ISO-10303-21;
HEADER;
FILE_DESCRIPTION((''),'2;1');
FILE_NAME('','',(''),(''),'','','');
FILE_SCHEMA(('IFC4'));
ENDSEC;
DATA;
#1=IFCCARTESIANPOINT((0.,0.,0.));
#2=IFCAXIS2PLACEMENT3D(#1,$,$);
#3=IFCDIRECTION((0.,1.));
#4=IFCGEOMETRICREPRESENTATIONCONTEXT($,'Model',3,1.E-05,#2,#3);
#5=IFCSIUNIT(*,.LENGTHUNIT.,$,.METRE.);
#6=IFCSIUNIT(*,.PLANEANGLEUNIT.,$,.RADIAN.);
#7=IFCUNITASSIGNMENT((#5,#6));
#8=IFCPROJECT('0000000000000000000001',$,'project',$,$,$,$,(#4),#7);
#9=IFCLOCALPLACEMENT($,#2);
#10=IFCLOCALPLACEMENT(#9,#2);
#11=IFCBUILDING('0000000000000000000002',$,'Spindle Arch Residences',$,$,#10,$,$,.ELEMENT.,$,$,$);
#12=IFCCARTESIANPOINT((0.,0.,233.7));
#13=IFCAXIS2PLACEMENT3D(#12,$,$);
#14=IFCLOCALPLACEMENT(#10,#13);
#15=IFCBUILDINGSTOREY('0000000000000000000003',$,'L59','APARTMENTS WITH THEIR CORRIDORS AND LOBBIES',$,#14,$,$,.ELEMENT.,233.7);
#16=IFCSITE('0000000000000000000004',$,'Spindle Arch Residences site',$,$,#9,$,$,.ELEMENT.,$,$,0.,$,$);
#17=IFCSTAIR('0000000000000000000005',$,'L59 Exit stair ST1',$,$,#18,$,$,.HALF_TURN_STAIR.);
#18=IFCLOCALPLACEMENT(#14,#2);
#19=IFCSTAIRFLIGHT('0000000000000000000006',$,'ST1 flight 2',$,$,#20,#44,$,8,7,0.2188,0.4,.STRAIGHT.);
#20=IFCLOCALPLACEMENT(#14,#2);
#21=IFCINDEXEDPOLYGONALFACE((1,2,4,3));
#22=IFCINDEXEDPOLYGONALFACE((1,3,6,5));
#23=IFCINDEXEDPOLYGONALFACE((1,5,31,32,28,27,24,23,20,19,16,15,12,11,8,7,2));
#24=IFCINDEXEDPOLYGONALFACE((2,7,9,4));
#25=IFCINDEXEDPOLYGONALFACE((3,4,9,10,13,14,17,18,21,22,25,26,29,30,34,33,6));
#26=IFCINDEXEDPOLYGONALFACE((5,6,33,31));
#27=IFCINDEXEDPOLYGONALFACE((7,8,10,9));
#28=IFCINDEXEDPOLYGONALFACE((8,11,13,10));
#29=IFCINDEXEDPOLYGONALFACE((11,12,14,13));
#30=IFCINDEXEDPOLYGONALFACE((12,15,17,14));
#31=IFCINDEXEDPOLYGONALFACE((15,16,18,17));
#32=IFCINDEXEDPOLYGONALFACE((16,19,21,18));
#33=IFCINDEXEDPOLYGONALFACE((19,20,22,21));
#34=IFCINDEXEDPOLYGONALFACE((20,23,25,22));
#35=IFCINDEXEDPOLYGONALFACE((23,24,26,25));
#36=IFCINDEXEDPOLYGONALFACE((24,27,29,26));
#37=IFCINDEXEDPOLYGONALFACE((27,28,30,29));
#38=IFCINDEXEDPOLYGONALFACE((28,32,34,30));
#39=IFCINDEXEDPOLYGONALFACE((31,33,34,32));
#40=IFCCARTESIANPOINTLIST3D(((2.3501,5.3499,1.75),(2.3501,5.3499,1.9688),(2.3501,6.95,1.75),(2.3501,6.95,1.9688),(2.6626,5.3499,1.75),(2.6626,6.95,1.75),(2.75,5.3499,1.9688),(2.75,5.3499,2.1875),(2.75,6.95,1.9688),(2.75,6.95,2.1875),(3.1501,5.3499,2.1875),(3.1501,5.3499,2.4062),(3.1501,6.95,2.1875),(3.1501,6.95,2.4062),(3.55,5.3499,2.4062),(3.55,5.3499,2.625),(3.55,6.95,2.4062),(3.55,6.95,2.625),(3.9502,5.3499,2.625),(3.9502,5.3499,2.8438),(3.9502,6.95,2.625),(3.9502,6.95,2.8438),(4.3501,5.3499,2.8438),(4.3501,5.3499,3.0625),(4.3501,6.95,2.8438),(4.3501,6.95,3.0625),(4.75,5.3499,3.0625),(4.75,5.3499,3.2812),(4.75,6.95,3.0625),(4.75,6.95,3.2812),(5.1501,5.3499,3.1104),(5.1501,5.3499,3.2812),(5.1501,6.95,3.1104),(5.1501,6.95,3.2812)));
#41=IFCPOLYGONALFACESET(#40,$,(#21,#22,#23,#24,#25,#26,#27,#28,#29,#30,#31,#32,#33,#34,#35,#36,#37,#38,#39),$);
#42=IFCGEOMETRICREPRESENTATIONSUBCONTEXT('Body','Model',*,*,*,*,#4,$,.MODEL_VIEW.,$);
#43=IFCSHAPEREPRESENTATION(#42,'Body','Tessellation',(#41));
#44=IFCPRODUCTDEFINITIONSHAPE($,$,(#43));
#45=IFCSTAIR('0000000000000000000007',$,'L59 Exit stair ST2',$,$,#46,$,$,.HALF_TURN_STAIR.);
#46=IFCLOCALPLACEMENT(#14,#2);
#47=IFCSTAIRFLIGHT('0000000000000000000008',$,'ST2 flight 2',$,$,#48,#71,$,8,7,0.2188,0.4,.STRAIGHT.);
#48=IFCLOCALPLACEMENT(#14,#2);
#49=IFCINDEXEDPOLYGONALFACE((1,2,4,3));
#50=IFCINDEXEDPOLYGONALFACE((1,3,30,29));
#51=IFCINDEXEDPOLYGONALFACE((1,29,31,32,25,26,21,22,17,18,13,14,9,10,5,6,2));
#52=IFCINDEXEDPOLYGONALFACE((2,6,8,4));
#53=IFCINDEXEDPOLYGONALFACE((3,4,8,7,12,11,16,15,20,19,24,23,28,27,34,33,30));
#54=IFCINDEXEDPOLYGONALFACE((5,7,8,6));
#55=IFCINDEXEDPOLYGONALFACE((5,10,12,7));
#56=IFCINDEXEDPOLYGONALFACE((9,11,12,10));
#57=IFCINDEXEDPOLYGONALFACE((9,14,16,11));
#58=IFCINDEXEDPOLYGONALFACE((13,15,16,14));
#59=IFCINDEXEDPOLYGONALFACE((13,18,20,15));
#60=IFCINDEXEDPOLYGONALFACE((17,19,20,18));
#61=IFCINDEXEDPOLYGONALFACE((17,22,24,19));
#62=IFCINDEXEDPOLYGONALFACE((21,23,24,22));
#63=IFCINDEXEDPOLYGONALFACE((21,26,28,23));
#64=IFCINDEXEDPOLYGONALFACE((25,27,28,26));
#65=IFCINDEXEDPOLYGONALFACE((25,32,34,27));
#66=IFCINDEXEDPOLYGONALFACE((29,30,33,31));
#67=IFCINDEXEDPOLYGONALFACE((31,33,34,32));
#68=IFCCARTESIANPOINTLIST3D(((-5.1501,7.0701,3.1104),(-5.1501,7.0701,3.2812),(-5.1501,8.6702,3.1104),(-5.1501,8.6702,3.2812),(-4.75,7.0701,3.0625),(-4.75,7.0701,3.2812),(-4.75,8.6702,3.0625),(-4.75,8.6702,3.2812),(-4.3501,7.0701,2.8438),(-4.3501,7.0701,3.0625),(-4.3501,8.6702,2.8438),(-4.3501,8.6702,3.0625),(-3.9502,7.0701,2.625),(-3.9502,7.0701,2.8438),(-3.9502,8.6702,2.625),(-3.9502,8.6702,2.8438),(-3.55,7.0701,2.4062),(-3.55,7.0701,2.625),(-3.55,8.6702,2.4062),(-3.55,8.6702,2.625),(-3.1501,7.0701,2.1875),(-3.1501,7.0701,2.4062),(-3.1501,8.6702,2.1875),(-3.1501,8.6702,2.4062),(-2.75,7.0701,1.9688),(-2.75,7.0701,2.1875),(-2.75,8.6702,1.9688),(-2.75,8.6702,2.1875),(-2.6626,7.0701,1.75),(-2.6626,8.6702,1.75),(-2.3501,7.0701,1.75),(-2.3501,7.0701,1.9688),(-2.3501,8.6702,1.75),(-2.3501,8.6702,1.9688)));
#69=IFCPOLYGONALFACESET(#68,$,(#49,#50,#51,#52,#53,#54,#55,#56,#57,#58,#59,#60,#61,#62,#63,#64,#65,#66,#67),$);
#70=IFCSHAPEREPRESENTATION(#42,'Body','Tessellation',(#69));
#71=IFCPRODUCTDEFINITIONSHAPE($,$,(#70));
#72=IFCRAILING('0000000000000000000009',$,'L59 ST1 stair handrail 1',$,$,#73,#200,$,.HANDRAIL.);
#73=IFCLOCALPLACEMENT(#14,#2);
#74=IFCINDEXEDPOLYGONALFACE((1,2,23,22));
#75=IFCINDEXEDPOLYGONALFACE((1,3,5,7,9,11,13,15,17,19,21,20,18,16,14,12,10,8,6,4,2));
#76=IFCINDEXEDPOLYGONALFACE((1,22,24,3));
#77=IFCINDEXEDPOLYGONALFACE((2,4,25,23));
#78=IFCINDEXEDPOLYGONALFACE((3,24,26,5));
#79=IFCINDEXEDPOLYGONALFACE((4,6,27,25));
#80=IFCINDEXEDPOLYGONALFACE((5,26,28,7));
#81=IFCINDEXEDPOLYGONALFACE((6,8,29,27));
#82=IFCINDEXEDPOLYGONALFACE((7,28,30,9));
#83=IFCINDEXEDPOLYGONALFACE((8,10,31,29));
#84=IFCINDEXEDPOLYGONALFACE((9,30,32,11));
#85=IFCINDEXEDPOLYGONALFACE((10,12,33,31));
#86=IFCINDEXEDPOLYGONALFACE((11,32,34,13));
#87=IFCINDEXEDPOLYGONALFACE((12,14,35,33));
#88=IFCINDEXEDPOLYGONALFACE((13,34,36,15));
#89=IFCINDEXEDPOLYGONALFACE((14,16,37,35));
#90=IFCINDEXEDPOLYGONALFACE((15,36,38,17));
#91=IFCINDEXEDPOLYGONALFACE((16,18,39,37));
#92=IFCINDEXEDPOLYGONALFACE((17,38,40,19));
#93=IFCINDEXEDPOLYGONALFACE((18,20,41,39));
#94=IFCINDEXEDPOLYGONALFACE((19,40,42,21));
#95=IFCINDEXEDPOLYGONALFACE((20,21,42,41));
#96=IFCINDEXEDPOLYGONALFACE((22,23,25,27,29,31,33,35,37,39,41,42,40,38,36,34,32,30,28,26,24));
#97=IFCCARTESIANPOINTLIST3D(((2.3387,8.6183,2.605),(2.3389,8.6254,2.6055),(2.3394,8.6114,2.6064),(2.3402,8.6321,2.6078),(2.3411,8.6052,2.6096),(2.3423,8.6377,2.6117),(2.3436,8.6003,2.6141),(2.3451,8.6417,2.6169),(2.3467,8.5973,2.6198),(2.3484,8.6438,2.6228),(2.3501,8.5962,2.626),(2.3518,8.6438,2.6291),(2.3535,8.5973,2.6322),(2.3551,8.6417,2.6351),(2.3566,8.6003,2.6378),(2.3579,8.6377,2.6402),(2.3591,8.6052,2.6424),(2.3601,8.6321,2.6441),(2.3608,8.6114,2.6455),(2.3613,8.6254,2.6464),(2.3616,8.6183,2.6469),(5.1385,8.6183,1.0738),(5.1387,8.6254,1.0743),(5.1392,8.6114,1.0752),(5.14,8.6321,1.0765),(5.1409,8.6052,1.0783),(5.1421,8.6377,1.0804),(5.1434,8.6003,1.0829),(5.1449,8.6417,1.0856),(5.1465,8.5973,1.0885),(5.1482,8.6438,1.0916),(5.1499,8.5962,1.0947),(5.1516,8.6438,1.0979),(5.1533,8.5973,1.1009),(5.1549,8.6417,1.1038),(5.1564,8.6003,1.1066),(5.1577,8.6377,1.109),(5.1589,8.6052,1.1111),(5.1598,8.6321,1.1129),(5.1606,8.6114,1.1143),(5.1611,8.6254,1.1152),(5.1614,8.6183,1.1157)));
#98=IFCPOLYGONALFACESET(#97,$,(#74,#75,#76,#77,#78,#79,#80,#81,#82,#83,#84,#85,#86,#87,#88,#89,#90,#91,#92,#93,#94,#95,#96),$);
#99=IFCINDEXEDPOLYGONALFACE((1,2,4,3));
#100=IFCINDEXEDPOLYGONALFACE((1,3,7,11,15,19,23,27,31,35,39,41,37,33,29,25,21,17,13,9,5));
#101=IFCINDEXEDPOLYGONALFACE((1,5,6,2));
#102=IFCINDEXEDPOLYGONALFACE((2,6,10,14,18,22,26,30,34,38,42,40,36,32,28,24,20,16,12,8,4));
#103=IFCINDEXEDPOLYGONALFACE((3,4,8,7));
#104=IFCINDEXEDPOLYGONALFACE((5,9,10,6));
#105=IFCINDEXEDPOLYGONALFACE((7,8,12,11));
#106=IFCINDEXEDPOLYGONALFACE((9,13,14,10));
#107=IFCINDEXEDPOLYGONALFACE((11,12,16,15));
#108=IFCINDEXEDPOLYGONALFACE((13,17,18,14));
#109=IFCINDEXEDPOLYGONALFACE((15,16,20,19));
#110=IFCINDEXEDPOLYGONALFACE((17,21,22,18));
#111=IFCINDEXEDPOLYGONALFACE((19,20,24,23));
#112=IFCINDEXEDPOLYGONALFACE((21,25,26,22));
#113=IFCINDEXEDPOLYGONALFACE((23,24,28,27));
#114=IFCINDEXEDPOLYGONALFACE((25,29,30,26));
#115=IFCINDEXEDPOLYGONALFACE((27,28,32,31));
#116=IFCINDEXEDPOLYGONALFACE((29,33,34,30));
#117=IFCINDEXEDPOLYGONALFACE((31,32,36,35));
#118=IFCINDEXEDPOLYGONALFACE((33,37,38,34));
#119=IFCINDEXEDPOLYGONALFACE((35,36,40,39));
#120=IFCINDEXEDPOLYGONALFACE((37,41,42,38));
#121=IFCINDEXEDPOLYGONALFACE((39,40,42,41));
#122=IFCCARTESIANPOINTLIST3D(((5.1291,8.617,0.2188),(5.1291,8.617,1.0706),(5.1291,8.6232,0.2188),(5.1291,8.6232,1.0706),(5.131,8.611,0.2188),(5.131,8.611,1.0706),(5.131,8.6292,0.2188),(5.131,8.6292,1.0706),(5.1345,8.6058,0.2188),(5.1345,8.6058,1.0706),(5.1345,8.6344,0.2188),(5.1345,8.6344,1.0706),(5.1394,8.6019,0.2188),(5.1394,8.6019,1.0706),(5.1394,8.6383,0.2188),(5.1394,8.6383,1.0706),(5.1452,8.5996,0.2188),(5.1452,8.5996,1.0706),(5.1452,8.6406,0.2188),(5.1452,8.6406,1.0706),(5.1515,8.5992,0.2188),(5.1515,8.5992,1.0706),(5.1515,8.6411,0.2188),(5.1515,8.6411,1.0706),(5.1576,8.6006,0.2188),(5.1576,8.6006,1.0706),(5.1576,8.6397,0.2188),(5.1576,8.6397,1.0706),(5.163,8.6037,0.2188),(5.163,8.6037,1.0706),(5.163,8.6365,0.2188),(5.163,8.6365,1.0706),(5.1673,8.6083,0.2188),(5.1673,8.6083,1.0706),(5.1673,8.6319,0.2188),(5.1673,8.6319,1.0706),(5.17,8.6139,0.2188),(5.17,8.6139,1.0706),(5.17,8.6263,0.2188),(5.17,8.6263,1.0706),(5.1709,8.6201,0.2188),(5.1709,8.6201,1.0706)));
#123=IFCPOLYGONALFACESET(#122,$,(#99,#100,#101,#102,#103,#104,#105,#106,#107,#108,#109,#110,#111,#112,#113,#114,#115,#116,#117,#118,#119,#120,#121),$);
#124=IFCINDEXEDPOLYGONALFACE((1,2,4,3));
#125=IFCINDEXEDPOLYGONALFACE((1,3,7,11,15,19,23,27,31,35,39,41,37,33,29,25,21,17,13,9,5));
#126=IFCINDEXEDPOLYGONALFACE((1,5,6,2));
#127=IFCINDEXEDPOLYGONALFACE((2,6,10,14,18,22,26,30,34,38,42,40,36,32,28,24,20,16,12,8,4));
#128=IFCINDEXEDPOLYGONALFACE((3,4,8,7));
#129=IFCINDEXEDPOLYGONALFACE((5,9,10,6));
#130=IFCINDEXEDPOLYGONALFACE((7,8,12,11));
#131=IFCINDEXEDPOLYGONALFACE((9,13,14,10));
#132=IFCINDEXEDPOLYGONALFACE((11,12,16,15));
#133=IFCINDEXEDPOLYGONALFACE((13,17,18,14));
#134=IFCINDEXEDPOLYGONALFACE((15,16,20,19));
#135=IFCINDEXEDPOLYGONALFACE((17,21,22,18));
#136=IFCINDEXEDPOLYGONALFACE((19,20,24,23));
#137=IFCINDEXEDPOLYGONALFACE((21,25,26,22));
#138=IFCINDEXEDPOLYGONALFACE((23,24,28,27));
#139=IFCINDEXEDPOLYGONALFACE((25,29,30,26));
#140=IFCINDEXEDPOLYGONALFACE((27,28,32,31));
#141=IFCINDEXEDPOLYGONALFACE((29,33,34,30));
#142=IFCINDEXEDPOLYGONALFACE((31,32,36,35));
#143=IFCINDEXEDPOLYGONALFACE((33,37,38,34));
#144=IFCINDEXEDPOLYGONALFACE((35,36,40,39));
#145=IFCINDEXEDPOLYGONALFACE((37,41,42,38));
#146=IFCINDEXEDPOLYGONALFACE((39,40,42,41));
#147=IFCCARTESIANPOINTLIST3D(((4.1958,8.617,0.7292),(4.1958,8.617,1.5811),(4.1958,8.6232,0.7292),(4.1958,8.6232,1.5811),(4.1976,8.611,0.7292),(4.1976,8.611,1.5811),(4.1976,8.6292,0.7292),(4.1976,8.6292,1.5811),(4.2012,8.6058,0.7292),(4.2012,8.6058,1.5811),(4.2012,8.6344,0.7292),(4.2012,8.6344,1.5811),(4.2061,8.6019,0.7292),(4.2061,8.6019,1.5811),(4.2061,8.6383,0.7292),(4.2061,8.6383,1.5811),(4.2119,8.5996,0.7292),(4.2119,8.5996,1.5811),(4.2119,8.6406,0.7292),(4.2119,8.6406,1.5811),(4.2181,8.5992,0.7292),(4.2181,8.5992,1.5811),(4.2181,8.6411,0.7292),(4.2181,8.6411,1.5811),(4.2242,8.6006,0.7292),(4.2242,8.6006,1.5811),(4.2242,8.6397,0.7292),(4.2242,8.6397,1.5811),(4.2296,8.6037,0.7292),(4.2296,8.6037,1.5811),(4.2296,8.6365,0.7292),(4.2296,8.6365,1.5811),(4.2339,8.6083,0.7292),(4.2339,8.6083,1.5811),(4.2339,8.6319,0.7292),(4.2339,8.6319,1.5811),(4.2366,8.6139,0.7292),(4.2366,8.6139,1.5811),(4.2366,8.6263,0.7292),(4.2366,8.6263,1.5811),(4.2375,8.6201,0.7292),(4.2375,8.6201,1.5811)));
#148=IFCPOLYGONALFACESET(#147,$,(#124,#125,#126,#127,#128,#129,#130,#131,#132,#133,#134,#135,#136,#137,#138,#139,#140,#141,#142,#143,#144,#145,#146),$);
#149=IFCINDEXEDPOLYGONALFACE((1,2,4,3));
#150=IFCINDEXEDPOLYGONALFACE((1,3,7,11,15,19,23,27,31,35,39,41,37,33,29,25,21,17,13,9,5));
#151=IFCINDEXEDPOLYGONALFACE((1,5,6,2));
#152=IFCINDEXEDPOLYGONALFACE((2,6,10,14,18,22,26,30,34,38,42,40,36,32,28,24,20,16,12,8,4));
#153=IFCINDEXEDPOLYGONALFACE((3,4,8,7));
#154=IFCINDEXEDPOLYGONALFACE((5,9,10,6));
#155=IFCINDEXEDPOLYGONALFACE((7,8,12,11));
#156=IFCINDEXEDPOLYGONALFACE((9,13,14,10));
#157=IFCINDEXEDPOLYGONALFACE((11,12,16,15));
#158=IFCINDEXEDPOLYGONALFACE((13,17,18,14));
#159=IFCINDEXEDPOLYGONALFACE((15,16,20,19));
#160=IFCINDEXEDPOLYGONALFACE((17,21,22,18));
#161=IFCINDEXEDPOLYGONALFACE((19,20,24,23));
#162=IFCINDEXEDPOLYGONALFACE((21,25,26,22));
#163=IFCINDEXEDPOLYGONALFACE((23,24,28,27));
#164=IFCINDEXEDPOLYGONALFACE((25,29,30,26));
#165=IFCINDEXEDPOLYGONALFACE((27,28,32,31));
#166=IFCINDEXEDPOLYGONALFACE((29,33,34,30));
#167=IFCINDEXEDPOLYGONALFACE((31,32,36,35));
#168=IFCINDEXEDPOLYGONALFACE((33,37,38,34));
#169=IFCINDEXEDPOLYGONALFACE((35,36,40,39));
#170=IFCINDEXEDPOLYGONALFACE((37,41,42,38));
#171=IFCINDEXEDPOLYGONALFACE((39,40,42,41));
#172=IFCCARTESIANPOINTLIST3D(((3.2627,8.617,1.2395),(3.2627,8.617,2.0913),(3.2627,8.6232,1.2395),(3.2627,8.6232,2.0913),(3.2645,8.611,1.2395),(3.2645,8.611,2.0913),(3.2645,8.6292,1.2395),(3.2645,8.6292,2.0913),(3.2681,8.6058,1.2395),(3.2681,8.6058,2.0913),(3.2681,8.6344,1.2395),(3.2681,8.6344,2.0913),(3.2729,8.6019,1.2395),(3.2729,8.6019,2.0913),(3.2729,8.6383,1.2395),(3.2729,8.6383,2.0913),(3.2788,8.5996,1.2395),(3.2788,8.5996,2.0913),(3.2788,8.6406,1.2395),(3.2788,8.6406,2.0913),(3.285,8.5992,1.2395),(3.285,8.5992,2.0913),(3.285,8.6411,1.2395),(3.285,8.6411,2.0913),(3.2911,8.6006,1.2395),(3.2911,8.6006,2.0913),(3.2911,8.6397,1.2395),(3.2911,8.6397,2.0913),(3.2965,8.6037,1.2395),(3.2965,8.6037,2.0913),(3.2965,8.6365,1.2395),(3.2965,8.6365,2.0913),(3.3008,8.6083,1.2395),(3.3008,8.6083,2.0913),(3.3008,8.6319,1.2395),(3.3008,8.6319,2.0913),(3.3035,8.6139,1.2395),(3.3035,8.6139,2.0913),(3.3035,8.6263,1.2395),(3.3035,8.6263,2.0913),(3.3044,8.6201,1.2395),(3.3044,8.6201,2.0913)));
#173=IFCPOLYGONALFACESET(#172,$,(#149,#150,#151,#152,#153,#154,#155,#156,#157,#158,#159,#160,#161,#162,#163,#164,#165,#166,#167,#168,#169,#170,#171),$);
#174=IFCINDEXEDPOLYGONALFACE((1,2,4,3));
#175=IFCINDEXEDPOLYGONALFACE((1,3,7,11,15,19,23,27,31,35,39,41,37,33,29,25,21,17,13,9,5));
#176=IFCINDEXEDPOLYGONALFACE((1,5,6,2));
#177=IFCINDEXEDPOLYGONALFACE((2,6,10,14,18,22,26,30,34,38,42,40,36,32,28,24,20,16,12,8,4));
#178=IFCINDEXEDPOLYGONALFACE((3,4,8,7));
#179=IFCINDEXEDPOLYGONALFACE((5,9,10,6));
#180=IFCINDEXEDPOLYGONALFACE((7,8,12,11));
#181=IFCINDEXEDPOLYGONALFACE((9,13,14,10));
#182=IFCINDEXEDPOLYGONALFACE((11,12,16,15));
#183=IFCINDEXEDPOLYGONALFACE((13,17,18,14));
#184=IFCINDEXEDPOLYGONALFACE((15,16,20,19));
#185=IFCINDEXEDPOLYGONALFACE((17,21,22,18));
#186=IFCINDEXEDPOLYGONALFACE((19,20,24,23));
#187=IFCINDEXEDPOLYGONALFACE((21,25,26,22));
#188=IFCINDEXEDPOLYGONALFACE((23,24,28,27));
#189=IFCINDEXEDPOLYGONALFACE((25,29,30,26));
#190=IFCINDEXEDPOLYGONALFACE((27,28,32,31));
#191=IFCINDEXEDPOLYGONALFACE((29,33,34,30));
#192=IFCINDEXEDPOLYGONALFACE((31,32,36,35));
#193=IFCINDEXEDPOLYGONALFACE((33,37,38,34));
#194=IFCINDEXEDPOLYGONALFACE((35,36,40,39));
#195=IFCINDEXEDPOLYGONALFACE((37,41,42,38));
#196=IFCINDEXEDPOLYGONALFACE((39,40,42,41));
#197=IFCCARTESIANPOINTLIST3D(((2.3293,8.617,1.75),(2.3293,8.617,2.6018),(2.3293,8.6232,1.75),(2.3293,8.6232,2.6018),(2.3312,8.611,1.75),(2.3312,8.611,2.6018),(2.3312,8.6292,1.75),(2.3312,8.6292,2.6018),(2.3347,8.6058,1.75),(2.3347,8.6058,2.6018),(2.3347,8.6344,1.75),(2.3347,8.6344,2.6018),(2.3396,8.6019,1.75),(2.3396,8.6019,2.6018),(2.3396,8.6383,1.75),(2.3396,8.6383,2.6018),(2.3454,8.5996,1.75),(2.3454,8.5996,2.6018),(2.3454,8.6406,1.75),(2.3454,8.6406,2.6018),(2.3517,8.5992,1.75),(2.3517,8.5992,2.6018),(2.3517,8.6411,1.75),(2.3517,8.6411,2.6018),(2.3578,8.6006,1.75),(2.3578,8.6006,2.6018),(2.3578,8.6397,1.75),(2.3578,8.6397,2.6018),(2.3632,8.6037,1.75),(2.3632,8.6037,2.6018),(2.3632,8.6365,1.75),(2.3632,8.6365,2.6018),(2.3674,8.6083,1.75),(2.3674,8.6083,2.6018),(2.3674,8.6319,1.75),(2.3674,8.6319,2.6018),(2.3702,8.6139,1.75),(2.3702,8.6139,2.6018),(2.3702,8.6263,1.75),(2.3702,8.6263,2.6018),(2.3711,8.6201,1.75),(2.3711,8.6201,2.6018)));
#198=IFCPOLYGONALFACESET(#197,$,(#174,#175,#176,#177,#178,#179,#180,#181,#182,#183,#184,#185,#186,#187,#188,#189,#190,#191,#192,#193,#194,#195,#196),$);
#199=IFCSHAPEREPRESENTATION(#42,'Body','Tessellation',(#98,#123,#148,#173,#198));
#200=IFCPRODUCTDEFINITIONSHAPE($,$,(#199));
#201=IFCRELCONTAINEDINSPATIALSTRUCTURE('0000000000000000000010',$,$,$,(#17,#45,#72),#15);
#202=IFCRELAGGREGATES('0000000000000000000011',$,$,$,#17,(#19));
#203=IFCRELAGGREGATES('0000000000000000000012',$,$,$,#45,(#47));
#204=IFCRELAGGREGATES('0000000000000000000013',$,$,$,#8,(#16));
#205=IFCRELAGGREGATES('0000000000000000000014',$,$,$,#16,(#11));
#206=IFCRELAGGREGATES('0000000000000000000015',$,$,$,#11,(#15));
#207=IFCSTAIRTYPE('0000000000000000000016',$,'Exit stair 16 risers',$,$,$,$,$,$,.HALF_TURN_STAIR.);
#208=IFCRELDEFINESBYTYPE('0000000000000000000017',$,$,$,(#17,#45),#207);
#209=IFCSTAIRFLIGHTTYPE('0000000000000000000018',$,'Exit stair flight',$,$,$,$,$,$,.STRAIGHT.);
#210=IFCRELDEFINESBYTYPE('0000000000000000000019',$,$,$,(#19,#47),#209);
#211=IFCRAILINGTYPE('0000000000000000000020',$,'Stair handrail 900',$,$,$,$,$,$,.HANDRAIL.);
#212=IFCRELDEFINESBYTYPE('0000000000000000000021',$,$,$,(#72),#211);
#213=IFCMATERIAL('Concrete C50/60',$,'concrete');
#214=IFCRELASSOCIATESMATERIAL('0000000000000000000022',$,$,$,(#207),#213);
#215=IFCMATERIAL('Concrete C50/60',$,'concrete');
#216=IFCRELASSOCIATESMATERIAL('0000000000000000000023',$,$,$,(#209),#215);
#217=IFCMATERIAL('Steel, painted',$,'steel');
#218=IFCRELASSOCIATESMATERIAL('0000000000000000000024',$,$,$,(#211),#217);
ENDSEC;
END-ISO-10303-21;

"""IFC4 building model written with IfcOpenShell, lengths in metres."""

from ifc_helpers import new_model, si_unit, direction, frame, origin, origin_2d, place, context, subcontext, project, spatial, polyline, circle, outline, extrude, material, type_object, element, aggregate, save


model = new_model("IFC4")

# Units and contexts
model_context = context("Model", 3, precision=1e-05, world=origin(), true_north=direction((0.0, 1.0)))
body_context = subcontext(model_context, "Body", "Model", "MODEL_VIEW")
ifc_project = project(units=[si_unit("LENGTHUNIT", "METRE"), si_unit("PLANEANGLEUNIT", "RADIAN")], contexts=[model_context])

# Site, building, storey
site_placement = place(None, origin())
site = spatial("IfcSite", under=ifc_project, at=site_placement, Name="Spindle Arch Residences site", CompositionType="ELEMENT", RefElevation=0.0)
building_placement = place(site_placement, origin())
building = spatial("IfcBuilding", under=site, at=building_placement, Name="Spindle Arch Residences", CompositionType="ELEMENT")
storey_placement = place(building_placement, frame((0.0, 0.0, 233.7)))
storey = spatial("IfcBuildingStorey", under=building, at=storey_placement, Name="L59", Description="APARTMENTS WITH THEIR CORRIDORS AND LOBBIES", CompositionType="ELEMENT", Elevation=233.7)

# Stair, stair flight
ifc_material_1 = material(Name="Concrete C50/60", Category="concrete")
stair_type = type_object("IfcStairType", Name="Exit stair 16 risers", PredefinedType="HALF_TURN_STAIR", material=ifc_material_1)
stair_1_placement = place(storey_placement, origin())
stair_1 = element("IfcStair", 1, at=stair_1_placement, inside=storey, type_object=stair_type, Name="L59 Exit stair ST1", PredefinedType="HALF_TURN_STAIR")
ifc_material_2 = material(Name="Concrete C50/60", Category="concrete")
stair_flight_type = type_object("IfcStairFlightType", Name="Exit stair flight", PredefinedType="STRAIGHT", material=ifc_material_2)
stair_flight_1_placement = place(storey_placement, frame((2.3501, 6.1499, 1.75), z_axis=(0.0, 0.0, 1.0), x_axis=(1.0, 0.0, 0.0)))
stair_flight_1 = element("IfcStairFlight", 2, at=stair_flight_1_placement, type_object=stair_flight_type, Name="ST1 flight 2", NumberOfRisers=8, NumberOfTreads=7, PredefinedType="STRAIGHT", RiserHeight=0.2188, TreadLength=0.4, context=body_context, shape_type="SweptSolid", body=[
    extrude(outline(polyline([(0.0, 0.0), (0.0, 0.2188), (0.3999, 0.2188), (0.3999, 0.4375), (0.8, 0.4375), (0.8, 0.6562), (1.2, 0.6562), (1.2, 0.875), (1.6001, 0.875), (1.6001, 1.0938), (2.0, 1.0938), (2.0, 1.3125), (2.3999, 1.3125), (2.3999, 1.5312), (2.8, 1.5312), (2.8, 1.75), (2.8, 1.3604), (0.3125, 0.0), (0.0, 0.0)])), frame((0.0, 0.8, 0.0), z_axis=(0.0, -1.0, 0.0), x_axis=(1.0, 0.0, 0.0)), (0.0, 0.0, 1.0), 1.6001),
])
aggregate(stair_1, [stair_flight_1])

# Stair, stair flight
stair_2_placement = place(storey_placement, origin())
stair_2 = element("IfcStair", 3, at=stair_2_placement, inside=storey, type_object=stair_type, Name="L59 Exit stair ST2", PredefinedType="HALF_TURN_STAIR")
stair_flight_2_placement = place(storey_placement, frame((-2.3501, 7.8701, 1.75), z_axis=(0.0, 0.0, 1.0), x_axis=(-1.0, 0.0, 0.0)))
stair_flight_2 = element("IfcStairFlight", 4, at=stair_flight_2_placement, type_object=stair_flight_type, Name="ST2 flight 2", NumberOfRisers=8, NumberOfTreads=7, PredefinedType="STRAIGHT", RiserHeight=0.2188, TreadLength=0.4, context=body_context, shape_type="SweptSolid", body=[
    extrude(outline(polyline([(0.0, 0.0), (0.0, 0.2188), (0.3999, 0.2188), (0.3999, 0.4375), (0.8, 0.4375), (0.8, 0.6562), (1.2, 0.6562), (1.2, 0.875), (1.6001, 0.875), (1.6001, 1.0938), (2.0, 1.0938), (2.0, 1.3125), (2.3999, 1.3125), (2.3999, 1.5312), (2.8, 1.5312), (2.8, 1.75), (2.8, 1.3604), (0.3125, 0.0), (0.0, 0.0)])), frame((0.0, 0.8, 0.0), z_axis=(0.0, -1.0, 0.0), x_axis=(1.0, 0.0, 0.0)), (0.0, 0.0, 1.0), 1.6001),
])
aggregate(stair_2, [stair_flight_2])

# Railing
ifc_material_3 = material(Name="Steel, painted", Category="steel")
railing_type_1 = type_object("IfcRailingType", Name="Stair handrail 900", PredefinedType="HANDRAIL", material=ifc_material_3)
railing_1_placement = place(storey_placement, frame((5.1499, 8.6201, 0.2188)))
element("IfcRailing", 5, at=railing_1_placement, inside=storey, type_object=railing_type_1, Name="L59 ST1 stair handrail 1", PredefinedType="HANDRAIL", context=body_context, shape_type="SweptSolid", body=[
    extrude(circle(Radius=0.0239, at=origin_2d()), frame((0.0, 0.0, 0.876), z_axis=(-0.877357, 0.0, 0.479838), x_axis=(0.0, -1.0, 0.0)), (0.0, 0.0, 1.0), 3.1912),
    extrude(circle(Radius=0.021, at=origin_2d()), origin(), (0.0, 0.0, 1.0), 0.8518),
    extrude(circle(Radius=0.021, at=origin_2d()), frame((-0.9333, 0.0, 0.5105)), (0.0, 0.0, 1.0), 0.8518),
    extrude(circle(Radius=0.021, at=origin_2d()), frame((-1.8665, 0.0, 1.0208)), (0.0, 0.0, 1.0), 0.8518),
    extrude(circle(Radius=0.021, at=origin_2d()), frame((-2.7998, 0.0, 1.5312)), (0.0, 0.0, 1.0), 0.8518),
])

save(model, "model.ifc")
